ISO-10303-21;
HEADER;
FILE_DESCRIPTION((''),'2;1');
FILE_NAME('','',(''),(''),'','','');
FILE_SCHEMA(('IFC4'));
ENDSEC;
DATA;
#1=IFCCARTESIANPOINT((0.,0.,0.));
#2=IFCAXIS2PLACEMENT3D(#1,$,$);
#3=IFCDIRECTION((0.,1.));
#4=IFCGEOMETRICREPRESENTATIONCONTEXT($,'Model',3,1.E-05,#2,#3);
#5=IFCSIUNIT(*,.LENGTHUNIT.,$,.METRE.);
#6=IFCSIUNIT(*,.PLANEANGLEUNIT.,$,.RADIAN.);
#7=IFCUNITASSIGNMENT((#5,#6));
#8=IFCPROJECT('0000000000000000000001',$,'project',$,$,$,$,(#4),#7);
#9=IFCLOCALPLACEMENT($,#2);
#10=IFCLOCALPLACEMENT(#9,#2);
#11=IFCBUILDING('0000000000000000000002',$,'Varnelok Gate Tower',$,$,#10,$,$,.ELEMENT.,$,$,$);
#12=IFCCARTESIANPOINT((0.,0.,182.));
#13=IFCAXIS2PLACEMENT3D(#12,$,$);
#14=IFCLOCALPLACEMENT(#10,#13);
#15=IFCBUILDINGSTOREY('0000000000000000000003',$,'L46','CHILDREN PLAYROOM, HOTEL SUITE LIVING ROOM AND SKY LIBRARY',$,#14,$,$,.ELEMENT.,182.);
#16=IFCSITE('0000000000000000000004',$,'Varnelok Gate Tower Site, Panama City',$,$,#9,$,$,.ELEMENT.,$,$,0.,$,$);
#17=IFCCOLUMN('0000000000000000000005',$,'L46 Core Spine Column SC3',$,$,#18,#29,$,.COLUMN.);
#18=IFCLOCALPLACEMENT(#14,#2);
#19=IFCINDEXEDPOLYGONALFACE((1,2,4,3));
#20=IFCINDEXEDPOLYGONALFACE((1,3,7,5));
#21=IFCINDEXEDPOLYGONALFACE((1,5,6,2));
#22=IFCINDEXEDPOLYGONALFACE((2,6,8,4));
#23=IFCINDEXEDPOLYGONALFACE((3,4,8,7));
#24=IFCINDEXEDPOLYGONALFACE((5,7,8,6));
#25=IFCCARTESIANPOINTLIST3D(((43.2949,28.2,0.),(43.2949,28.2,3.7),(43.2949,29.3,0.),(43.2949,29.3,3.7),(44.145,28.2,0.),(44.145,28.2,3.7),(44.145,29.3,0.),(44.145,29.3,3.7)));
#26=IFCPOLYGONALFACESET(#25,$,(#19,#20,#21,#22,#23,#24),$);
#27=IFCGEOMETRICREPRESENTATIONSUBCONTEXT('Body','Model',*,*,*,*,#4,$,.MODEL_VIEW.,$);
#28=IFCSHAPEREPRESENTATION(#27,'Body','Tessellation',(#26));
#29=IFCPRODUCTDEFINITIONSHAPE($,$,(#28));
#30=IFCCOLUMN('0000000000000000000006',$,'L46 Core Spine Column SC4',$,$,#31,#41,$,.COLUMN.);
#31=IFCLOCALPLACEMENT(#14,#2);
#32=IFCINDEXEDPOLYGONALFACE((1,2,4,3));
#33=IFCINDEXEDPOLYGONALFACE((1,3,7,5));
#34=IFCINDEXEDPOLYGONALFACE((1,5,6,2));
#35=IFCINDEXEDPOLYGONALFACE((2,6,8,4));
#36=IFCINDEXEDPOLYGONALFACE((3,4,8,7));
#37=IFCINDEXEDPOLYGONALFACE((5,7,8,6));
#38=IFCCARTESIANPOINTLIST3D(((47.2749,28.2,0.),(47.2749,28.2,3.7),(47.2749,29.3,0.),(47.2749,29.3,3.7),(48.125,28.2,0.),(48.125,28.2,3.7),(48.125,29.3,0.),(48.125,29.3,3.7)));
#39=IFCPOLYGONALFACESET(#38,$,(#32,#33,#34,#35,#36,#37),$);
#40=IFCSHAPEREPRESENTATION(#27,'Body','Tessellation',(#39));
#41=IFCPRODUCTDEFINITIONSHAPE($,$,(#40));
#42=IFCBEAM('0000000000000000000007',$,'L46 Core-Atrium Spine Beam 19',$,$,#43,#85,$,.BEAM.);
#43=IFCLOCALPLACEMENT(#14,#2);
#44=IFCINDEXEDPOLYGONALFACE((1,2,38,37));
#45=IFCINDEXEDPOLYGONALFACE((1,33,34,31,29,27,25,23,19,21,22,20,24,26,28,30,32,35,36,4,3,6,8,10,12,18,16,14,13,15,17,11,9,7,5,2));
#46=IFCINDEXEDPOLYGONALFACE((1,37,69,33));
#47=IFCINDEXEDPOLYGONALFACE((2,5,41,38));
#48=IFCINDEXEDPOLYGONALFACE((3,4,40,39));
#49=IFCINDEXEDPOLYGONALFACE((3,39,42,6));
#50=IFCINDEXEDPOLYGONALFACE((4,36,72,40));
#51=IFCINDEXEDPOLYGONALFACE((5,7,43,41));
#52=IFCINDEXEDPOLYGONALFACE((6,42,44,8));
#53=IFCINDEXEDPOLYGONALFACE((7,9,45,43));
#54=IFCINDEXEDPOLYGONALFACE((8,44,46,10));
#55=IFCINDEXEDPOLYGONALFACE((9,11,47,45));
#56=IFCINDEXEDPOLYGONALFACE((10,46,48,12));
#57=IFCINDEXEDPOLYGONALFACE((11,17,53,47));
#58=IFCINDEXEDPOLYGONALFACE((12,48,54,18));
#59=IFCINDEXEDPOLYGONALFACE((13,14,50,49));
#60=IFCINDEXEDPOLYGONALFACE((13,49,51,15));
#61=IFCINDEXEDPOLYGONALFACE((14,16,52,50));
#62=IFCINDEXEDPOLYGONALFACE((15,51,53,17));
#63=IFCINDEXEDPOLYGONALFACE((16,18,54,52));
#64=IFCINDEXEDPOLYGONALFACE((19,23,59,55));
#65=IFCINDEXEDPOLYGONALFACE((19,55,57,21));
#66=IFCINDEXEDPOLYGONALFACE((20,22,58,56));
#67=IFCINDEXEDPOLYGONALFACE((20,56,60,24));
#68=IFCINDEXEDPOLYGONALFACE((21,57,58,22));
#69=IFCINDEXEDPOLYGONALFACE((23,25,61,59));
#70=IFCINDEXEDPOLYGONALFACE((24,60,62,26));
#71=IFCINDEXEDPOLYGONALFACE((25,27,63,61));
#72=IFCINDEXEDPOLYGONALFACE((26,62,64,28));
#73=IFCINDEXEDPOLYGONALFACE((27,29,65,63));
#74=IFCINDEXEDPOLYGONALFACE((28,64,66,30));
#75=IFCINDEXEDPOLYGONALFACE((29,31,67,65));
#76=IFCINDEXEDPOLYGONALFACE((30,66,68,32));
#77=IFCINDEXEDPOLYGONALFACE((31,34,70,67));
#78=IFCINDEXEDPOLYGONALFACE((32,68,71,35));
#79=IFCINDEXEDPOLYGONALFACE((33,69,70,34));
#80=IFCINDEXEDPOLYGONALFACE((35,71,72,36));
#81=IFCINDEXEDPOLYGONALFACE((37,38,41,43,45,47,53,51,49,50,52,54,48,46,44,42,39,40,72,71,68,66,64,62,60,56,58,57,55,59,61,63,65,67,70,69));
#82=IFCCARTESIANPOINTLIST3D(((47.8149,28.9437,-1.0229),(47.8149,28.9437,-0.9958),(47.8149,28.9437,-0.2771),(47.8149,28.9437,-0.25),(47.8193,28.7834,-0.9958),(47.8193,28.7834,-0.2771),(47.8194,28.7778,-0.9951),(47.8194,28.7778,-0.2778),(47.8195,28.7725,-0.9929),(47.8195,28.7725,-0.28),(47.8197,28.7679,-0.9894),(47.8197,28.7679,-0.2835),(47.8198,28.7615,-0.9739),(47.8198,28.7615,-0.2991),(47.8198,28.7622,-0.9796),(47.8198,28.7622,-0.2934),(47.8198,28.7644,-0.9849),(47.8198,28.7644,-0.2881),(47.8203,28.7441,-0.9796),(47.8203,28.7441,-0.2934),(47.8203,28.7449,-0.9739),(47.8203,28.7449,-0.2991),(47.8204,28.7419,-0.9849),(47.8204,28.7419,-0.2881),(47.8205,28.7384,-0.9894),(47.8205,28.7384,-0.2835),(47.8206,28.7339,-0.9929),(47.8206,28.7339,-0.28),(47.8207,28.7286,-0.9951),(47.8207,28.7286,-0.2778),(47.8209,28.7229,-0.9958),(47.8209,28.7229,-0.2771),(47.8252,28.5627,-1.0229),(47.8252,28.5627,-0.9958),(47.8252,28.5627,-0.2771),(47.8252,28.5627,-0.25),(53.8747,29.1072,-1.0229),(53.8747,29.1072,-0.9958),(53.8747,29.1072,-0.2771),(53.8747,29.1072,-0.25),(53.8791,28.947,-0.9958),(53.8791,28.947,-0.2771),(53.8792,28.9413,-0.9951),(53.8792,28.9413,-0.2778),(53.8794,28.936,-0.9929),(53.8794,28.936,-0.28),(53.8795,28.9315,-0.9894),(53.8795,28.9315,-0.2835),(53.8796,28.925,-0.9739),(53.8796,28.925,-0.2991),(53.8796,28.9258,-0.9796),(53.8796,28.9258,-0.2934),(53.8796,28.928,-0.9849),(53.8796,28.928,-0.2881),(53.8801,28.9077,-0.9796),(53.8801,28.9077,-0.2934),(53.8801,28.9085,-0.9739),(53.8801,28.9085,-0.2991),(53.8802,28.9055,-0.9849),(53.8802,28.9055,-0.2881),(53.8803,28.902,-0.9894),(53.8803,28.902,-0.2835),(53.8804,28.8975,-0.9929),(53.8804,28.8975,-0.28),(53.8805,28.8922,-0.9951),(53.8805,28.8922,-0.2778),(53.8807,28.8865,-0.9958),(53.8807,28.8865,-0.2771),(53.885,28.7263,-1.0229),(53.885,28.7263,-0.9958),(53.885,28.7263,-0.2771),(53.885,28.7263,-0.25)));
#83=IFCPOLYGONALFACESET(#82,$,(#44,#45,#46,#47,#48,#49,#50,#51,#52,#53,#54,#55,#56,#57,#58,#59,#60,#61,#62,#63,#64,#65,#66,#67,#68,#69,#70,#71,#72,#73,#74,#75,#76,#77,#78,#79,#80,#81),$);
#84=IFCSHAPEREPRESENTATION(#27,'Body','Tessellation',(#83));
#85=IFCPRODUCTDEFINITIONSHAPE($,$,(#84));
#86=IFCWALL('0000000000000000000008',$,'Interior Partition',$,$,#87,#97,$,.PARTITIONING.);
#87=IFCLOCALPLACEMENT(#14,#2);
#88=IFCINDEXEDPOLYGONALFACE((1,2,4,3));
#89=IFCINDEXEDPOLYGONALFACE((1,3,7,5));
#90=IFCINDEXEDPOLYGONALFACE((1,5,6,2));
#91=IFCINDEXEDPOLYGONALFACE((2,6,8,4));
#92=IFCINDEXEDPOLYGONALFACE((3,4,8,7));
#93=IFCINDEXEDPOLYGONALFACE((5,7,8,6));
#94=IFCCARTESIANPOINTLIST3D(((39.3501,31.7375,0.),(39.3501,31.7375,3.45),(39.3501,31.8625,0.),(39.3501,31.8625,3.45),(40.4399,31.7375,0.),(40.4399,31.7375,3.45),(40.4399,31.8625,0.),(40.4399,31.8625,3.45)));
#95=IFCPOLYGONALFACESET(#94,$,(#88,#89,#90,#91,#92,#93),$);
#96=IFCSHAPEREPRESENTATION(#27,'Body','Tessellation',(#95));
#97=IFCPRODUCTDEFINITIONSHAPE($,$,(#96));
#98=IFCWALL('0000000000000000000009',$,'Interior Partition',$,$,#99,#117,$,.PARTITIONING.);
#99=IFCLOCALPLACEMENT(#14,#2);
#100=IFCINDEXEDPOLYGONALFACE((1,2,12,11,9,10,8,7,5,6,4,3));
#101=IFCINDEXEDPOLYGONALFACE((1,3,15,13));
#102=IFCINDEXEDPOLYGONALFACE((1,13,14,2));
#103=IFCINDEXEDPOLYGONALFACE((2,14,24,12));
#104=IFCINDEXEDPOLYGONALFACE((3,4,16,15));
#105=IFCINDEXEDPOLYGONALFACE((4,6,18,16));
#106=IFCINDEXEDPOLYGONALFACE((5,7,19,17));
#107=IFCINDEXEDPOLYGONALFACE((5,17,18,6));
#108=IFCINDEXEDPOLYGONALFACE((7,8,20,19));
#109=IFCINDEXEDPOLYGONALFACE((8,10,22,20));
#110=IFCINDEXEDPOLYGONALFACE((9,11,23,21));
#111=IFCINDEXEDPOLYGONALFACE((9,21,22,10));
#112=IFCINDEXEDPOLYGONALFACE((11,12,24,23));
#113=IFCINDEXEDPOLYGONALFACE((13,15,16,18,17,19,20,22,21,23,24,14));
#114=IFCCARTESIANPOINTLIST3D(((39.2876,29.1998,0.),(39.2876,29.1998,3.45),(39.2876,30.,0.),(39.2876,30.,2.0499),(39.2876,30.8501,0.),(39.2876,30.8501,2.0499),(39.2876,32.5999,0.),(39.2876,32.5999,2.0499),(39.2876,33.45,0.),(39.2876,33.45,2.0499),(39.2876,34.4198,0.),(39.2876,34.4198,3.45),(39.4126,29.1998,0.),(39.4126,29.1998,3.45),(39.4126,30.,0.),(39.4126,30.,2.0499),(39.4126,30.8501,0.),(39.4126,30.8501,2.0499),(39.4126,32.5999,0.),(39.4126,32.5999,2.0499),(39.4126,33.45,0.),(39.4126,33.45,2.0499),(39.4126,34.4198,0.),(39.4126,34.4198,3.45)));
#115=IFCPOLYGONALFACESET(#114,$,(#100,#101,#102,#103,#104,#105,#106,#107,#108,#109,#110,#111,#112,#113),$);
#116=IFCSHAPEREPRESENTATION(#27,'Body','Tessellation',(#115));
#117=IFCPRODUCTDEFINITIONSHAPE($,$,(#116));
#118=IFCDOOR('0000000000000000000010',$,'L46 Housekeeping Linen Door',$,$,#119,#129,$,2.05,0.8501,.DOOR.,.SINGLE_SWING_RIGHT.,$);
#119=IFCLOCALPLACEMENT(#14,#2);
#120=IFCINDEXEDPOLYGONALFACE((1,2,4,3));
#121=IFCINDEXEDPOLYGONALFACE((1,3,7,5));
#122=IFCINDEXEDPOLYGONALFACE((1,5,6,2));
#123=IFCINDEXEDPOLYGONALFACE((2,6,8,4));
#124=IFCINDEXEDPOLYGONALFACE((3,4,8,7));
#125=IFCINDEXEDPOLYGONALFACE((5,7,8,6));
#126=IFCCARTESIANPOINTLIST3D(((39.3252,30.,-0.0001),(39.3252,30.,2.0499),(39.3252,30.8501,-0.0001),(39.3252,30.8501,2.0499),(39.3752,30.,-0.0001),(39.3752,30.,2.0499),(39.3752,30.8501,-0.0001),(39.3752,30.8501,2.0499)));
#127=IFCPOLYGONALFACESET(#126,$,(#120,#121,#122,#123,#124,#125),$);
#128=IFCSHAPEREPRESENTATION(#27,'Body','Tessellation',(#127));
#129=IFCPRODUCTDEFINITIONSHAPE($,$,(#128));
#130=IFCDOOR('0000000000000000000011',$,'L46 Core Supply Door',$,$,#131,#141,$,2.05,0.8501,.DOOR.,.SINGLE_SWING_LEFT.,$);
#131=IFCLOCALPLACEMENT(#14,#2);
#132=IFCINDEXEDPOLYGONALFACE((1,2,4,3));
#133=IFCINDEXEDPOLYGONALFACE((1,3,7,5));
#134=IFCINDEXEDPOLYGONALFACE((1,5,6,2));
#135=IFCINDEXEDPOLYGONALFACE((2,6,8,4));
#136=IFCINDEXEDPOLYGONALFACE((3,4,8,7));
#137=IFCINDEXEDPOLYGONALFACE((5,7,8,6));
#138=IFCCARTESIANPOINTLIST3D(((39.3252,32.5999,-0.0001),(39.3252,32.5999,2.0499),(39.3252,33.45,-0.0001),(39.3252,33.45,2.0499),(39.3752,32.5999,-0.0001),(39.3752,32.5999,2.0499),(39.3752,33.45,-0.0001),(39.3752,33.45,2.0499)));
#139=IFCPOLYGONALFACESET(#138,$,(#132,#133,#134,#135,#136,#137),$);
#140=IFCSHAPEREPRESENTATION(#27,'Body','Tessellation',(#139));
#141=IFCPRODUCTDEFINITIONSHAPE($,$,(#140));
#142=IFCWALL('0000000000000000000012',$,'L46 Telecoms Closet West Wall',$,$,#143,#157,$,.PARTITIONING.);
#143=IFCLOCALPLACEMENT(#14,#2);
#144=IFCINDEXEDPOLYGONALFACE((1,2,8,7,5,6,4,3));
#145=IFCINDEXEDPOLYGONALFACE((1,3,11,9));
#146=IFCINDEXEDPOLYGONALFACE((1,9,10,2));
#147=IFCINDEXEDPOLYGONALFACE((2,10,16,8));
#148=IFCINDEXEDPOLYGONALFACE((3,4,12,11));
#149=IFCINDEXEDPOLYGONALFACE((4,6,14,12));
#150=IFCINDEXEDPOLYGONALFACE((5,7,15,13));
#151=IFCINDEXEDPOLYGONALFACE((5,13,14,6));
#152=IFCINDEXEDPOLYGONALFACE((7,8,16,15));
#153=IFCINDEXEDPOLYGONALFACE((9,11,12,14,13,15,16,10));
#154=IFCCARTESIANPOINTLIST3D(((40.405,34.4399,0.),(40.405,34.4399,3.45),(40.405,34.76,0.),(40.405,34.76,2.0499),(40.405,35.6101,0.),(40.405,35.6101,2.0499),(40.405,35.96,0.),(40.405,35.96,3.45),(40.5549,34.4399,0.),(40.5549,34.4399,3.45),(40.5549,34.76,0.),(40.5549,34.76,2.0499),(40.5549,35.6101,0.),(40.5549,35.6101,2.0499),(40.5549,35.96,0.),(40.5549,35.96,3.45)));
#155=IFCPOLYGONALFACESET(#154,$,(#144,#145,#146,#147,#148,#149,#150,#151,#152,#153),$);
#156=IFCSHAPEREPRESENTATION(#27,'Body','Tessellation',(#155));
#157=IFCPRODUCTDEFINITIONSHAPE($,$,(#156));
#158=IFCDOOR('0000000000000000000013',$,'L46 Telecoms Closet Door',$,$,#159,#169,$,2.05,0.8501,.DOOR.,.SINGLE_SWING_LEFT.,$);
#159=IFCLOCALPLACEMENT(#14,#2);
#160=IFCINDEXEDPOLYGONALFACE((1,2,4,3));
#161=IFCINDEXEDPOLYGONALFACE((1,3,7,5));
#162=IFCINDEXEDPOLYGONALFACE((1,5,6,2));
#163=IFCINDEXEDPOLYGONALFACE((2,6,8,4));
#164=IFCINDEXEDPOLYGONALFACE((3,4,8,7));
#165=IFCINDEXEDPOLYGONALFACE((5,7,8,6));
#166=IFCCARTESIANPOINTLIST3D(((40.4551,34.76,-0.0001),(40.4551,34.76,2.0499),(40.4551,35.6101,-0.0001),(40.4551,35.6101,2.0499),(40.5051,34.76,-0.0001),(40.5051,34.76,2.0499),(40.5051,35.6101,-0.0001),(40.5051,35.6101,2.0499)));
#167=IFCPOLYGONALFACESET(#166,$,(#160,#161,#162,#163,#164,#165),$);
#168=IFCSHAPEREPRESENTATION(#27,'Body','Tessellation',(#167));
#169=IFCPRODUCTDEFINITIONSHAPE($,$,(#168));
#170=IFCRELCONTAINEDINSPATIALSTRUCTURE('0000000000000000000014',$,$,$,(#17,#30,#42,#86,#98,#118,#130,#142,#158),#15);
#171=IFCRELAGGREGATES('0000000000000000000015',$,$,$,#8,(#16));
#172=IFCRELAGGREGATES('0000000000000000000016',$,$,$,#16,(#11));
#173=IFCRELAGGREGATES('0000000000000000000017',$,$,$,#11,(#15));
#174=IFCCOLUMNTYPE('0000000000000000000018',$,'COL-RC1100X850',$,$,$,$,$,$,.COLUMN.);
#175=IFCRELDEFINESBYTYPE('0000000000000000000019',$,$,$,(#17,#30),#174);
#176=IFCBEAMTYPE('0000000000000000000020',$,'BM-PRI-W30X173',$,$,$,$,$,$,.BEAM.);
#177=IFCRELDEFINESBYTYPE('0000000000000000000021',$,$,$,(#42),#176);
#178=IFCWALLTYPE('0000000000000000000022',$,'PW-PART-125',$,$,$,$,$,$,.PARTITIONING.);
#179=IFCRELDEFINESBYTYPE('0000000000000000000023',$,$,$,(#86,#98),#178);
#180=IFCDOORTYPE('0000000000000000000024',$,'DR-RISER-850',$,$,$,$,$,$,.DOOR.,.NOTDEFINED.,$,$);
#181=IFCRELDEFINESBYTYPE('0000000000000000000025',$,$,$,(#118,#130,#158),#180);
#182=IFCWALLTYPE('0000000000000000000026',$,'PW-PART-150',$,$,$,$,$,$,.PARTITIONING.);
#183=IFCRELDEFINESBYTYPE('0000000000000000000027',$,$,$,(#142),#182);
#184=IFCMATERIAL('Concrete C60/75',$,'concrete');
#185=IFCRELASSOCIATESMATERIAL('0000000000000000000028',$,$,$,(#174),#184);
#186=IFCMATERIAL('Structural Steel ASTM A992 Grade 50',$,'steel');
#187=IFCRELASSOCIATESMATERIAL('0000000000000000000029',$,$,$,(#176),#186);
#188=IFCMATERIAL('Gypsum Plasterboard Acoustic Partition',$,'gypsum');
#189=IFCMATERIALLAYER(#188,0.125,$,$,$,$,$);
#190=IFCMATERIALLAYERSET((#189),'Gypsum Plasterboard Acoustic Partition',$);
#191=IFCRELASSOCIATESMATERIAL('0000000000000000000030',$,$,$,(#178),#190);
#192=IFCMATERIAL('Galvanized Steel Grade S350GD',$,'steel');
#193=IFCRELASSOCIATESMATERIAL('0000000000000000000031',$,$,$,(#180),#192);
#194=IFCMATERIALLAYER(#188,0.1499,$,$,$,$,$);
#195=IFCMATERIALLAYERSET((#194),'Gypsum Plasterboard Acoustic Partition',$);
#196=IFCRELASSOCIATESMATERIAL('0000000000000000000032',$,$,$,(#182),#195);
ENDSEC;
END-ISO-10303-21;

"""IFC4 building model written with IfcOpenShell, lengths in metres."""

from ifc_helpers import new_model, si_unit, direction, frame, frame_2d, origin, origin_2d, place, context, subcontext, project, spatial, rectangle, i_section, extrude, material, layer, layer_set, material_profile, profile_set, type_object, element, fill, save


model = new_model("IFC4")

# Units and contexts
model_context = context("Model", 3, precision=1e-05, world=origin(), true_north=direction((0.0, 1.0)))
body_context = subcontext(model_context, "Body", "Model", "MODEL_VIEW")
ifc_project = project(units=[si_unit("LENGTHUNIT", "METRE"), si_unit("PLANEANGLEUNIT", "RADIAN")], contexts=[model_context])

# Site, building, storey
site_placement = place(None, origin())
site = spatial("IfcSite", under=ifc_project, at=site_placement, Name="Varnelok Gate Tower Site, Panama City", CompositionType="ELEMENT", RefElevation=0.0)
building_placement = place(site_placement, origin())
building = spatial("IfcBuilding", under=site, at=building_placement, Name="Varnelok Gate Tower", CompositionType="ELEMENT")
storey_placement = place(building_placement, frame((0.0, 0.0, 182.0)))
storey = spatial("IfcBuildingStorey", under=building, at=storey_placement, Name="L46", Description="CHILDREN PLAYROOM, HOTEL SUITE LIVING ROOM AND SKY LIBRARY", CompositionType="ELEMENT", Elevation=182.0)

# Columns
ifc_material_1 = material(Name="Concrete C60/75", Category="concrete")
ifc_material_profile_1 = material_profile(ifc_material_1, rectangle(XDim=0.8501, YDim=1.1001, at=origin_2d()), Name="RC1100X850")
ifc_profile_set_1 = profile_set([ifc_material_profile_1], Name="Concrete C60/75")
column_type = type_object("IfcColumnType", Name="COL-RC1100X850", PredefinedType="COLUMN", material=ifc_profile_set_1)
for number, where, z_axis, x_axis, name in (
    (1, (43.72, 28.75, 0.0), (0.0, 0.0, 1.0), (1.0, 0.0, 0.0), "L46 Core Spine Column SC3"),
    (2, (47.7, 28.75, 0.0), (0.0, 0.0, 1.0), (1.0, 0.0, 0.0), "L46 Core Spine Column SC4"),
):
    element("IfcColumn", number, at=place(storey_placement, frame(where, z_axis=z_axis, x_axis=x_axis)), inside=storey, type_object=column_type, Name=name, PredefinedType="COLUMN", context=body_context, shape_type="SweptSolid", body=[
        extrude(rectangle(XDim=0.8501, YDim=1.1001, at=origin_2d()), origin(), (0.0, 0.0, 1.0), 3.7),
    ])

# Beam
ifc_material_2 = material(Name="Structural Steel ASTM A992 Grade 50", Category="steel")
ifc_material_profile_2 = material_profile(ifc_material_2, i_section(OverallWidth=0.3811, OverallDepth=0.7729, WebThickness=0.0166, FlangeThickness=0.0271, FilletRadius=0.022, at=origin_2d()), Name="W30X173")
ifc_profile_set_2 = profile_set([ifc_material_profile_2], Name="Structural Steel ASTM A992 Grade 50")
beam_type = type_object("IfcBeamType", Name="BM-PRI-W30X173", PredefinedType="BEAM", material=ifc_profile_set_2)
beam_placement = place(storey_placement, frame((47.8201, 28.7532, -0.6365), z_axis=(0.999636, 0.026983, 0.0), x_axis=(-0.026983, 0.999636, 0.0)))
element("IfcBeam", 3, at=beam_placement, inside=storey, type_object=beam_type, Name="L46 Core-Atrium Spine Beam 19", PredefinedType="BEAM", context=body_context, shape_type="SweptSolid", body=[
    extrude(i_section(OverallWidth=0.3811, OverallDepth=0.7729, WebThickness=0.0166, FlangeThickness=0.0271, FilletRadius=0.022, at=origin_2d()), origin(), (0.0, 0.0, 1.0), 6.062),
])

# Wall
ifc_material_3 = material(Name="Gypsum Plasterboard Acoustic Partition", Category="gypsum")
ifc_layer_1 = layer(ifc_material_3, 0.125)
ifc_layer_set_1 = layer_set([ifc_layer_1], Name="Gypsum Plasterboard Acoustic Partition")
wall_type_1 = type_object("IfcWallType", Name="PW-PART-125", PredefinedType="PARTITIONING", material=ifc_layer_set_1)
wall_1_placement = place(storey_placement, frame((39.3501, 31.8, 0.0), z_axis=(0.0, 0.0, 1.0), x_axis=(1.0, 0.0, 0.0)))
element("IfcWall", 4, at=wall_1_placement, inside=storey, type_object=wall_type_1, Name="Interior Partition", PredefinedType="PARTITIONING", context=body_context, shape_type="SweptSolid", body=[
    extrude(rectangle(XDim=1.0898, YDim=0.125, at=frame_2d((0.5449, 0.0))), origin(), (0.0, 0.0, 1.0), 3.45),
])

# Wall, openings, doors
wall_2_placement = place(storey_placement, frame((39.3501, 29.2, 0.0), z_axis=(0.0, 0.0, 1.0), x_axis=(0.0, 1.0, 0.0)))
wall_2 = element("IfcWall", 5, at=wall_2_placement, inside=storey, type_object=wall_type_1, Name="Interior Partition", PredefinedType="PARTITIONING", context=body_context, shape_type="SweptSolid", body=[
    extrude(rectangle(XDim=5.22, YDim=0.125, at=frame_2d((2.6099, 0.0))), origin(), (0.0, 0.0, 1.0), 3.45),
])
opening_1_placement = place(wall_2_placement, frame((0.8, 0.0, 0.0)))
opening_1 = element("IfcOpeningElement", 6, at=opening_1_placement, cuts=wall_2, PredefinedType="OPENING", context=body_context, shape_type="SweptSolid", body=[
    extrude(rectangle(XDim=0.8501, YDim=2.05, at=frame_2d((0.425, 1.0249))), frame((0.0, 0.0725, 0.0), z_axis=(0.0, -1.0, 0.0), x_axis=(1.0, 0.0, 0.0)), (0.0, 0.0, 1.0), 0.145),
])
opening_2_placement = place(wall_2_placement, frame((3.3999, 0.0, 0.0)))
opening_2 = element("IfcOpeningElement", 7, at=opening_2_placement, cuts=wall_2, PredefinedType="OPENING", context=body_context, shape_type="SweptSolid", body=[
    extrude(rectangle(XDim=0.8501, YDim=2.05, at=frame_2d((0.425, 1.0249))), frame((0.0, 0.0725, 0.0), z_axis=(0.0, -1.0, 0.0), x_axis=(1.0, 0.0, 0.0)), (0.0, 0.0, 1.0), 0.145),
])
ifc_material_4 = material(Name="Galvanized Steel Grade S350GD", Category="steel")
door_type_1 = type_object("IfcDoorType", Name="DR-RISER-850", OperationType="NOTDEFINED", PredefinedType="DOOR", material=ifc_material_4)
door_1_placement = place(opening_1_placement, origin())
door_1 = element("IfcDoor", 8, at=door_1_placement, inside=storey, type_object=door_type_1, Name="L46 Housekeeping Linen Door", OperationType="SINGLE_SWING_RIGHT", OverallHeight=2.05, OverallWidth=0.8501, PredefinedType="DOOR", context=body_context, shape_type="SweptSolid", body=[
    extrude(rectangle(XDim=0.8501, YDim=2.05, at=frame_2d((0.425, 1.0249))), frame((0.0, 0.0249, 0.0), z_axis=(0.0, -1.0, 0.0), x_axis=(1.0, 0.0, 0.0)), (0.0, 0.0, 1.0), 0.05),
])
fill(opening_1, door_1)
door_2_placement = place(opening_2_placement, origin())
door_2 = element("IfcDoor", 9, at=door_2_placement, inside=storey, type_object=door_type_1, Name="L46 Core Supply Door", OperationType="SINGLE_SWING_LEFT", OverallHeight=2.05, OverallWidth=0.8501, PredefinedType="DOOR", context=body_context, shape_type="SweptSolid", body=[
    extrude(rectangle(XDim=0.8501, YDim=2.05, at=frame_2d((0.425, 1.0249))), frame((0.0, 0.0249, 0.0), z_axis=(0.0, -1.0, 0.0), x_axis=(1.0, 0.0, 0.0)), (0.0, 0.0, 1.0), 0.05),
])
fill(opening_2, door_2)

# Wall, opening, door
ifc_layer_2 = layer(ifc_material_3, 0.1499)
ifc_layer_set_2 = layer_set([ifc_layer_2], Name="Gypsum Plasterboard Acoustic Partition")
wall_type_2 = type_object("IfcWallType", Name="PW-PART-150", PredefinedType="PARTITIONING", material=ifc_layer_set_2)
wall_3_placement = place(storey_placement, frame((40.48, 34.4399, 0.0), z_axis=(0.0, 0.0, 1.0), x_axis=(0.0, 1.0, 0.0)))
wall_3 = element("IfcWall", 10, at=wall_3_placement, inside=storey, type_object=wall_type_2, Name="L46 Telecoms Closet West Wall", PredefinedType="PARTITIONING", context=body_context, shape_type="SweptSolid", body=[
    extrude(rectangle(XDim=1.52, YDim=0.1499, at=frame_2d((0.76, 0.0))), origin(), (0.0, 0.0, 1.0), 3.45),
])
opening_3_placement = place(wall_3_placement, frame((0.3201, 0.0, 0.0)))
opening_3 = element("IfcOpeningElement", 11, at=opening_3_placement, cuts=wall_3, PredefinedType="OPENING", context=body_context, shape_type="SweptSolid", body=[
    extrude(rectangle(XDim=0.8501, YDim=2.05, at=frame_2d((0.425, 1.0249))), frame((0.0, 0.085, 0.0), z_axis=(0.0, -1.0, 0.0), x_axis=(1.0, 0.0, 0.0)), (0.0, 0.0, 1.0), 0.1699),
])
door_3_placement = place(opening_3_placement, origin())
door_3 = element("IfcDoor", 12, at=door_3_placement, inside=storey, type_object=door_type_1, Name="L46 Telecoms Closet Door", OperationType="SINGLE_SWING_LEFT", OverallHeight=2.05, OverallWidth=0.8501, PredefinedType="DOOR", context=body_context, shape_type="SweptSolid", body=[
    extrude(rectangle(XDim=0.8501, YDim=2.05, at=frame_2d((0.425, 1.0249))), frame((0.0, 0.0249, 0.0), z_axis=(0.0, -1.0, 0.0), x_axis=(1.0, 0.0, 0.0)), (0.0, 0.0, 1.0), 0.05),
])
fill(opening_3, door_3)

save(model, "model.ifc")
